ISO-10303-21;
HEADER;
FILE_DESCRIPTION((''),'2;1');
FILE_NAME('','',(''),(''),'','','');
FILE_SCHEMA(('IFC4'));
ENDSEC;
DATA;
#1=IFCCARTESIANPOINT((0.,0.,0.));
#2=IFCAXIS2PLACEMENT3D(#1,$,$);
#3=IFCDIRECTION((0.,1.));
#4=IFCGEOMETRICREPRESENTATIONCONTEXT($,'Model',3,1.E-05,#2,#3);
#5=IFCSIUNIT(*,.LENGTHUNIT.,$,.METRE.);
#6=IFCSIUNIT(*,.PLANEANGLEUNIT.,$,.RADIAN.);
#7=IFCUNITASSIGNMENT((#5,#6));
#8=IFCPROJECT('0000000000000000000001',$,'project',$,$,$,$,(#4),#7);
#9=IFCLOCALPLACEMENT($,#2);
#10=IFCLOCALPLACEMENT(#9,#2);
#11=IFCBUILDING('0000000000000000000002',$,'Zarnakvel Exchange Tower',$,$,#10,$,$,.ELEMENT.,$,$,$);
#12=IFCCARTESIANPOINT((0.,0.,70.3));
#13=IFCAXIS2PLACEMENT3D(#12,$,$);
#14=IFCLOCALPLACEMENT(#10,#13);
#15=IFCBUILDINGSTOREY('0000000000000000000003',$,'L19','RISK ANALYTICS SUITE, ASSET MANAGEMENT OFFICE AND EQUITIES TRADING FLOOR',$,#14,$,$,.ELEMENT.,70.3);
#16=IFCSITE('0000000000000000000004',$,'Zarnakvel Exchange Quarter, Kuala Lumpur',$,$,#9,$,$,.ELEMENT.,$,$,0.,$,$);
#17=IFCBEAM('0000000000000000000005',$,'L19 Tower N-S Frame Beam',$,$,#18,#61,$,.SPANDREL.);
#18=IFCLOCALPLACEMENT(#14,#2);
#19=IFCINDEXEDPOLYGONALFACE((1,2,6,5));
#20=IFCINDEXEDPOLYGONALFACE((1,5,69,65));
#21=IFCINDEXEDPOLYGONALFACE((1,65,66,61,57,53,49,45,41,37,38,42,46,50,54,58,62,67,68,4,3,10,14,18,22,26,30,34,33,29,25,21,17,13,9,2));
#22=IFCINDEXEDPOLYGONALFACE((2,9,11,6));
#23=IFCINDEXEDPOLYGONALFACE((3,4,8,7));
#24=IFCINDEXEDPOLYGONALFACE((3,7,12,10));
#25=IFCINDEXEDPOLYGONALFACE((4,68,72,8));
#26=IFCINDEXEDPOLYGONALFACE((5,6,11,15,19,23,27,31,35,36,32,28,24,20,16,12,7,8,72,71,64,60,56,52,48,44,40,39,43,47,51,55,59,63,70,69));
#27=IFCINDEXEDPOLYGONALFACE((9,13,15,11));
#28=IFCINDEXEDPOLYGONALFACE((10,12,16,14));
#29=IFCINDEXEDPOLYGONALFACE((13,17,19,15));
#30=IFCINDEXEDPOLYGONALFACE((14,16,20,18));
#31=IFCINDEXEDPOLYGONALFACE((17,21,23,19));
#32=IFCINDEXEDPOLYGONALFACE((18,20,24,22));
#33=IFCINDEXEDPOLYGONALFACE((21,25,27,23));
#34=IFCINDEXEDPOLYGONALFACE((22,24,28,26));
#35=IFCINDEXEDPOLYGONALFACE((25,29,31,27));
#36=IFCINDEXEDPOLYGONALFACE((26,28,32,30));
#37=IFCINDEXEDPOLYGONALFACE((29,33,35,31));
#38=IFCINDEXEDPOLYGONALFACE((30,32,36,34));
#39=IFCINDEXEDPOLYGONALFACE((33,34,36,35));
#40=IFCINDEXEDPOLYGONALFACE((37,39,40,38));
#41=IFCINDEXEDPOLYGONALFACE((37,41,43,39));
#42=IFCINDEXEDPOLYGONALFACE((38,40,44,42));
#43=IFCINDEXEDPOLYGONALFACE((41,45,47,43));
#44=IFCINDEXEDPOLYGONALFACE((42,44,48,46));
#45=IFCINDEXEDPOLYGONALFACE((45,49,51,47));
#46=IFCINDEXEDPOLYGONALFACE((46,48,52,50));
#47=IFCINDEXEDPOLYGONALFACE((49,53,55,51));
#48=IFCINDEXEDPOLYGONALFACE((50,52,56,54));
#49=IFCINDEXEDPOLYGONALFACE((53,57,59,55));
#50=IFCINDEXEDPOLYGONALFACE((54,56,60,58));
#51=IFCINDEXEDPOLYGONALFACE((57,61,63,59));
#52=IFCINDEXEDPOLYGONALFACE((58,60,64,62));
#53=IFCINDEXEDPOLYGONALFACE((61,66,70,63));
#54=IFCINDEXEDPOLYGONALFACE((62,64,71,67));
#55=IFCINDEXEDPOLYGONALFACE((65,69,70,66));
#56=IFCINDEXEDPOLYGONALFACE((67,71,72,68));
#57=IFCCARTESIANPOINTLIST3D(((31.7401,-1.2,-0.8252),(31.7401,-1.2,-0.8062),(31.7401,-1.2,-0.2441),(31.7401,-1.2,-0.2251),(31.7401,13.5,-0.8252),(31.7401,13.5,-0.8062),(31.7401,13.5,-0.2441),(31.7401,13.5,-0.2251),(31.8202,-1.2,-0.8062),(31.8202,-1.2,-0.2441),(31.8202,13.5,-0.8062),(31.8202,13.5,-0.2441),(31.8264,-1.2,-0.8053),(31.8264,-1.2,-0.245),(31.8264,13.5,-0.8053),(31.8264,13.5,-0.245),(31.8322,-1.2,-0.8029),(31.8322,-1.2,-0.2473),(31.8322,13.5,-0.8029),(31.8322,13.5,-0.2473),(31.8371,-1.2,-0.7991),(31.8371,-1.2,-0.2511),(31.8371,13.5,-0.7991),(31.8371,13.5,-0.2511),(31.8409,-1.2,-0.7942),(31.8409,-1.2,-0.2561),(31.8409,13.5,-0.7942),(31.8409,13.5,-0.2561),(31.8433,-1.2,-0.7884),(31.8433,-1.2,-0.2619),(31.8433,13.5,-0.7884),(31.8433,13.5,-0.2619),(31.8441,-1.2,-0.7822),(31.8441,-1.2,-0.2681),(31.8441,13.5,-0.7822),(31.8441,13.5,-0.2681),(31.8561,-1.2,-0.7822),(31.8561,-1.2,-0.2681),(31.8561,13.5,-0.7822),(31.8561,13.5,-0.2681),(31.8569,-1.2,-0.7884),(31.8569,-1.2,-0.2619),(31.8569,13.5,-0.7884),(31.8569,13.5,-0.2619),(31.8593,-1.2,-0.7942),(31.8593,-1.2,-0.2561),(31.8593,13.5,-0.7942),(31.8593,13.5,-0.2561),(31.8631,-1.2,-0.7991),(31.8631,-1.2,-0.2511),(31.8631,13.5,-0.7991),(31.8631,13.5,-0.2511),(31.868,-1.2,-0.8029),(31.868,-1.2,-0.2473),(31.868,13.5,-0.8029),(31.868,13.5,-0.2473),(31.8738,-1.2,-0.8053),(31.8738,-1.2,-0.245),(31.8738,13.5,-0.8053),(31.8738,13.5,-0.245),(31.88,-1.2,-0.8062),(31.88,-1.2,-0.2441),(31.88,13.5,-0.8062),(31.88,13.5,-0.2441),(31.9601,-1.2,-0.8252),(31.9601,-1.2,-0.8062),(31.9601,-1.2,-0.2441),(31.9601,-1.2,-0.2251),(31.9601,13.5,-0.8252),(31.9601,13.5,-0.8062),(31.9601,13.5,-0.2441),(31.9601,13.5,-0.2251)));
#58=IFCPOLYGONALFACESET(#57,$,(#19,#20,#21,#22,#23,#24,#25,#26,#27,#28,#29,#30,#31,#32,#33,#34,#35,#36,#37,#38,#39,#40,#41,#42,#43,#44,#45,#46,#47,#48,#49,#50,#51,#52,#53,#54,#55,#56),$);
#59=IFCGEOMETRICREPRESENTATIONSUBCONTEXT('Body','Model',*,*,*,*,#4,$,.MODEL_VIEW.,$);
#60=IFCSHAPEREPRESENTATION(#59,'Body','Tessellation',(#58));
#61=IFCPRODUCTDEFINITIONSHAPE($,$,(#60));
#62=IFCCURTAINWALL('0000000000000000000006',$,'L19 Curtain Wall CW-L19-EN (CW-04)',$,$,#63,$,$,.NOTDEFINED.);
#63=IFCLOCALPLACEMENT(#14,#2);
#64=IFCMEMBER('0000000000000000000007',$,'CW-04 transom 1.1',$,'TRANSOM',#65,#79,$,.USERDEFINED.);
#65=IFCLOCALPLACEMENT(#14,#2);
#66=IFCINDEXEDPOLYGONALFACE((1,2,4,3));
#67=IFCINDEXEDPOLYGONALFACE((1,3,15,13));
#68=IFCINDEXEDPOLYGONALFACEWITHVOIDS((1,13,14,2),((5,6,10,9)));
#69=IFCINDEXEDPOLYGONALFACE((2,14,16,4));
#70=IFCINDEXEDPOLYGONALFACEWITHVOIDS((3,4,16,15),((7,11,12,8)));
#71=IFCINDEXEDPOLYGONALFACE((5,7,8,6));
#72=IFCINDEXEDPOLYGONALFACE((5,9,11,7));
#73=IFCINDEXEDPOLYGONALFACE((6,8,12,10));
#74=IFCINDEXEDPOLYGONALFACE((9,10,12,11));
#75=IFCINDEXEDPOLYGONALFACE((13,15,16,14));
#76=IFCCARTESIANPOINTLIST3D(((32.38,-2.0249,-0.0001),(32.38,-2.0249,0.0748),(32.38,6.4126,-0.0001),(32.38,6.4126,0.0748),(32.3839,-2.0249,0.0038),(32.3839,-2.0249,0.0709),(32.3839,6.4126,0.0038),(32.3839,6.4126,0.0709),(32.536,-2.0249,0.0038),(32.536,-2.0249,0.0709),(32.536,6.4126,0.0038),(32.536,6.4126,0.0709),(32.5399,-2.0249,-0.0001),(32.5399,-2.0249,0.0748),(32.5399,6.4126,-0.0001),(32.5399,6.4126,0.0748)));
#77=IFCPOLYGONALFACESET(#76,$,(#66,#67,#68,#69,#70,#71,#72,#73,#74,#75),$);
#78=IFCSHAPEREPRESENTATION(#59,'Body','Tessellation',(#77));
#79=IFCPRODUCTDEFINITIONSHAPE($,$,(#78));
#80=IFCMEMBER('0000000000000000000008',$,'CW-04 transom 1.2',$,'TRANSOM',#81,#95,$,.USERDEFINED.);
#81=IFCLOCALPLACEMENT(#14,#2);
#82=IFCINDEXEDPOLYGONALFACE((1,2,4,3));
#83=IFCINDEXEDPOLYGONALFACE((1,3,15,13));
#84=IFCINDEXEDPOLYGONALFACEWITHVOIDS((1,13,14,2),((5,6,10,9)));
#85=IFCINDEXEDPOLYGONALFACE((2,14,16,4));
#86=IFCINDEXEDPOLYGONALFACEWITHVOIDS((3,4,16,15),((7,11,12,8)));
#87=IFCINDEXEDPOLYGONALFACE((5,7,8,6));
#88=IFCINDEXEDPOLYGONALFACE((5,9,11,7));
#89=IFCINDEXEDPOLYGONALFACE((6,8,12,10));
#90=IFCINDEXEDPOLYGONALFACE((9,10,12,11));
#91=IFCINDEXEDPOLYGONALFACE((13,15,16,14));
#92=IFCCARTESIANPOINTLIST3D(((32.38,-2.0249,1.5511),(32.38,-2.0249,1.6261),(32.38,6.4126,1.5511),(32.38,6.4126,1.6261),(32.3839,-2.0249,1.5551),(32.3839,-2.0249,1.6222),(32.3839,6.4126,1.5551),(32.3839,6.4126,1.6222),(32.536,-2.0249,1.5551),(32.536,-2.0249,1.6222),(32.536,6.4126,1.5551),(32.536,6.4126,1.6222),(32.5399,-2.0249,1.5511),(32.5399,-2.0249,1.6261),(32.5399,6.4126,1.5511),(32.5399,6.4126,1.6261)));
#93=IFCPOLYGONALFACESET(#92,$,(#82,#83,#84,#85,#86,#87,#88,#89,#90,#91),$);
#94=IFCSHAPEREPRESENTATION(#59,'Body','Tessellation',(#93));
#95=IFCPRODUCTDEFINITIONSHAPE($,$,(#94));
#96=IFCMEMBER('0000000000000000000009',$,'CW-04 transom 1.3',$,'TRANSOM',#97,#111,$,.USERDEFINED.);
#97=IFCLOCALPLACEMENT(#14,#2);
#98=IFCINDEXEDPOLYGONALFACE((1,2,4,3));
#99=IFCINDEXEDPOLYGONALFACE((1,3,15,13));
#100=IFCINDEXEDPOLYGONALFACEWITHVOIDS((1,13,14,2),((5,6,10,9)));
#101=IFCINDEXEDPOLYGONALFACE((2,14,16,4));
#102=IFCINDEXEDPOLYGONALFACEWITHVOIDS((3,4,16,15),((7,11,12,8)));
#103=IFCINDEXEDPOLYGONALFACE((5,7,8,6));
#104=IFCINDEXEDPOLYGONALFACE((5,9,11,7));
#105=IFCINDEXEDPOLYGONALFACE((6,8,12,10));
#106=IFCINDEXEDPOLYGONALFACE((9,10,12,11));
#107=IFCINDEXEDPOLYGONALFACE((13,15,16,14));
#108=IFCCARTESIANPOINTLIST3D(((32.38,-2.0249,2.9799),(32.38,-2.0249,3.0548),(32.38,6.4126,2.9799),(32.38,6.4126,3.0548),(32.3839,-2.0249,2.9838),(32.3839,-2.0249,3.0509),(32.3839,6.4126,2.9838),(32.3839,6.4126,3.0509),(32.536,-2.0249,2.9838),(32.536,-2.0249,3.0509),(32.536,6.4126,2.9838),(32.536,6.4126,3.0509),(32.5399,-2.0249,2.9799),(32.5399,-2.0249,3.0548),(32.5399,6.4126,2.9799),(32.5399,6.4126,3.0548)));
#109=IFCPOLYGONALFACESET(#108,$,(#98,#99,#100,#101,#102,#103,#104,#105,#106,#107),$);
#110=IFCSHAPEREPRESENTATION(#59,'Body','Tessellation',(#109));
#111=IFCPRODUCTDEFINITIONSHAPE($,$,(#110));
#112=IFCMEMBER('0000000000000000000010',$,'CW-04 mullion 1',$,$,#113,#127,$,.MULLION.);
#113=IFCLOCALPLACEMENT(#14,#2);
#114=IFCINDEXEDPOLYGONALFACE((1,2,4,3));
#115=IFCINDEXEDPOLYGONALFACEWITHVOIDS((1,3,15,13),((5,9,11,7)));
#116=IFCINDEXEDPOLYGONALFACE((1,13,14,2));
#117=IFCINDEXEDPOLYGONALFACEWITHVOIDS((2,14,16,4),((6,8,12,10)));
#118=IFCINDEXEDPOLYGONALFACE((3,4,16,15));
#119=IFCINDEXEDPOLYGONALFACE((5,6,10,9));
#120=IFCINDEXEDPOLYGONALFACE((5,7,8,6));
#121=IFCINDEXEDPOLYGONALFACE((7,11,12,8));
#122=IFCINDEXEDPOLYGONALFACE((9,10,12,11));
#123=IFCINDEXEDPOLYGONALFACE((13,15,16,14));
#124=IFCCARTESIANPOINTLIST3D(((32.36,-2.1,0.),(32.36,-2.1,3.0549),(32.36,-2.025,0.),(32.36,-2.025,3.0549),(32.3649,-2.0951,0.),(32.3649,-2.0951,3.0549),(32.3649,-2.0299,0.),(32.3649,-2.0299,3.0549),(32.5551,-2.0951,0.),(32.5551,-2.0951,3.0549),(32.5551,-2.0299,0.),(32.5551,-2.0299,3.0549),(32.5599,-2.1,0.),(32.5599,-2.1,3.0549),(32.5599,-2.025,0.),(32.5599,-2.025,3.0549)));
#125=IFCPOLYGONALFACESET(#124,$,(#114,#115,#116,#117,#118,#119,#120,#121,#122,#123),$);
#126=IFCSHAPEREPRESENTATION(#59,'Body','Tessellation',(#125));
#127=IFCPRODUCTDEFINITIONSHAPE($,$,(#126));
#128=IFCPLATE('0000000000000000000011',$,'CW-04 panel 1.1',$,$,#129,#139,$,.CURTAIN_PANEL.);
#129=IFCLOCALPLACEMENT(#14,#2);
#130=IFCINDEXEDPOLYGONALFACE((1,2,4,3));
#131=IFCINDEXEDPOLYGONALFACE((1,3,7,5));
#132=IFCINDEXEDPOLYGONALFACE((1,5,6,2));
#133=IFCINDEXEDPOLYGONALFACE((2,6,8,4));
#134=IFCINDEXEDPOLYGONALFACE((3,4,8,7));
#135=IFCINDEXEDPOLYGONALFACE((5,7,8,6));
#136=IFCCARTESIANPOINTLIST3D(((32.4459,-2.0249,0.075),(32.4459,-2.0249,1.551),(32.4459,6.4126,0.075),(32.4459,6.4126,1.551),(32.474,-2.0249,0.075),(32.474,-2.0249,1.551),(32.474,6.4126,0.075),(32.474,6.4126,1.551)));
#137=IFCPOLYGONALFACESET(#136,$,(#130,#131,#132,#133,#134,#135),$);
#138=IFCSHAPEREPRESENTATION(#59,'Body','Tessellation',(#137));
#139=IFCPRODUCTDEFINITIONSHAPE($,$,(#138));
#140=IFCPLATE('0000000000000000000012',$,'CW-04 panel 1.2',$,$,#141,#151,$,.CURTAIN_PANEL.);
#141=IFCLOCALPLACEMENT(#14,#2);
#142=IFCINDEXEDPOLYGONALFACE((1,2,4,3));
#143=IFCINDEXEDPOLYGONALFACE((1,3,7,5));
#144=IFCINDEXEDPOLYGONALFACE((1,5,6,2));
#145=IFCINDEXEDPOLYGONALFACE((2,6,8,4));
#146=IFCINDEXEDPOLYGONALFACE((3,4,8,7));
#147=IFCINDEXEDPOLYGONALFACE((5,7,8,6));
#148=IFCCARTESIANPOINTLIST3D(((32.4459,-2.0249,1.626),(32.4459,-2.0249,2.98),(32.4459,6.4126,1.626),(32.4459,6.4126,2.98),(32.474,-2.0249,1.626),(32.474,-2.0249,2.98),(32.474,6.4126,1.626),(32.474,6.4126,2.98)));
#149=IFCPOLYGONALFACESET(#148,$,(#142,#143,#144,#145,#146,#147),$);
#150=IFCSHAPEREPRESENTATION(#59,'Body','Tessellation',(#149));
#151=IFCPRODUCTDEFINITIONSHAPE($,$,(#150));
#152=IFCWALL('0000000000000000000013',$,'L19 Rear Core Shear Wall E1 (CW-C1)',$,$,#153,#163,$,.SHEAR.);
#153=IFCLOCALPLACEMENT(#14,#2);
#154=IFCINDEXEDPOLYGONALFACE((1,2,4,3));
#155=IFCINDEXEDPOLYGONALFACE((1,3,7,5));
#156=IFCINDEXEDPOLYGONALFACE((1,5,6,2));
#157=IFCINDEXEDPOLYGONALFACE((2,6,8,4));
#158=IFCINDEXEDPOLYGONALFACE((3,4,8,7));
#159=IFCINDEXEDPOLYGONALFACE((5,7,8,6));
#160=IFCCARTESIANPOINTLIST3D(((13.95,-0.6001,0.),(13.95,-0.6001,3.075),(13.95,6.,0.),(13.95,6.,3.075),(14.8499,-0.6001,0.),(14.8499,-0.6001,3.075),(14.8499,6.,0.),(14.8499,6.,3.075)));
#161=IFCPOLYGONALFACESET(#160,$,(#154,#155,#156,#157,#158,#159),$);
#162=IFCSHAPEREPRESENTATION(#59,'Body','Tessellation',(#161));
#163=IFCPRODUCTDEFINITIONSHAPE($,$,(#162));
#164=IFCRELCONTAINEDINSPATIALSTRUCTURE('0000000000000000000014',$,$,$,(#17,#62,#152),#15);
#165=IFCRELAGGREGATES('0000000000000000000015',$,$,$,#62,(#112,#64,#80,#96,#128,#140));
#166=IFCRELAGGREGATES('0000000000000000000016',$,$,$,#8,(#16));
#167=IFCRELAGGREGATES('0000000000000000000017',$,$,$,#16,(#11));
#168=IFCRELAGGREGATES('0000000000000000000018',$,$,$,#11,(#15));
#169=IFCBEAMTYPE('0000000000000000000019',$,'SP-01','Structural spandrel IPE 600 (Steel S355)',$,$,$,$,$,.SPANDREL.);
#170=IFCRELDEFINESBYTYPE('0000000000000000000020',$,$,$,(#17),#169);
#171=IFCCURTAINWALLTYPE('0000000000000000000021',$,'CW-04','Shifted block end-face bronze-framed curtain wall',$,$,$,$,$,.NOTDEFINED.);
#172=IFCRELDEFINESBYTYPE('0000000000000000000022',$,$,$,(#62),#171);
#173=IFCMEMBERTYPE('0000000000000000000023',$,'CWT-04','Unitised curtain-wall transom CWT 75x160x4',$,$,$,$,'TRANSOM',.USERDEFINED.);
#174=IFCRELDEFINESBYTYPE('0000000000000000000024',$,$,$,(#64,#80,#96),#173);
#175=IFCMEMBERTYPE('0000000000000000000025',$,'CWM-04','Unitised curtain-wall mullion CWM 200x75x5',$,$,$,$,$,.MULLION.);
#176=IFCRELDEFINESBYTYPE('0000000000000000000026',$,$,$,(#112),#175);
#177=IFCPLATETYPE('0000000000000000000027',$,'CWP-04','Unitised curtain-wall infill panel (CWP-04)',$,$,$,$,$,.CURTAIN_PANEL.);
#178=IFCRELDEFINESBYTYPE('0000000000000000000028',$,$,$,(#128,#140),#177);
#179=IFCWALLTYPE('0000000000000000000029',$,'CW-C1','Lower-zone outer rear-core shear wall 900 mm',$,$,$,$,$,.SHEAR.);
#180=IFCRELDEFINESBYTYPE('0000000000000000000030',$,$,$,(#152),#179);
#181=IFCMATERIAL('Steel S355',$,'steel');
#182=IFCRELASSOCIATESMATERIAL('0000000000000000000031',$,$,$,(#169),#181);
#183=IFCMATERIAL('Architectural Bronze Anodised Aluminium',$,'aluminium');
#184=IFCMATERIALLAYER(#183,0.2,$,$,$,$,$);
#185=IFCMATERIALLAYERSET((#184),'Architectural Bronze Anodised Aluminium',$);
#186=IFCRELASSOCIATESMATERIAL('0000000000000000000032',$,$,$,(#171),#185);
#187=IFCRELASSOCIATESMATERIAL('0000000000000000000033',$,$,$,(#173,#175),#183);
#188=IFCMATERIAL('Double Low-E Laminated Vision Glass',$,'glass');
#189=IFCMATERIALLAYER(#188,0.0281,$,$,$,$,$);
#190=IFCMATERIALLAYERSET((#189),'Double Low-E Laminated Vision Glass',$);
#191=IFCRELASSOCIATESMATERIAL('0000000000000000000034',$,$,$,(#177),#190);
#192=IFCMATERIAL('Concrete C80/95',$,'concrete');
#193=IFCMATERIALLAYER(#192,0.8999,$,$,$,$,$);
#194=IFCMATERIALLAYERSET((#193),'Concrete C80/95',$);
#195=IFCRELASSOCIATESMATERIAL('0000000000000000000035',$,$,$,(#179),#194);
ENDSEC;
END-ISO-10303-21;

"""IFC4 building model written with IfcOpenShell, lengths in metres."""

from ifc_helpers import new_model, si_unit, direction, frame, frame_2d, origin, origin_2d, place, context, subcontext, project, spatial, rectangle, hollow_rectangle, i_section, extrude, source, transform, mapped, material, layer, layer_set, material_profile, profile_set, type_object, element, aggregate, save


model = new_model("IFC4")

# Units and contexts
model_context = context("Model", 3, precision=1e-05, world=origin(), true_north=direction((0.0, 1.0)))
body_context = subcontext(model_context, "Body", "Model", "MODEL_VIEW")
ifc_project = project(units=[si_unit("LENGTHUNIT", "METRE"), si_unit("PLANEANGLEUNIT", "RADIAN")], contexts=[model_context])

# Site, building, storey
site_placement = place(None, origin())
site = spatial("IfcSite", under=ifc_project, at=site_placement, Name="Zarnakvel Exchange Quarter, Kuala Lumpur", CompositionType="ELEMENT", RefElevation=0.0)
building_placement = place(site_placement, origin())
building = spatial("IfcBuilding", under=site, at=building_placement, Name="Zarnakvel Exchange Tower", CompositionType="ELEMENT")
storey_placement = place(building_placement, frame((0.0, 0.0, 70.3)))
storey = spatial("IfcBuildingStorey", under=building, at=storey_placement, Name="L19", Description="RISK ANALYTICS SUITE, ASSET MANAGEMENT OFFICE AND EQUITIES TRADING FLOOR", CompositionType="ELEMENT", Elevation=70.3)

# Shared definitions
ifc_material_1 = material(Name="Concrete C80/95", Category="concrete")
ifc_material_2 = material(Name="Steel S355", Category="steel")

# Beam
ifc_material_profile_1 = material_profile(ifc_material_2, i_section(OverallWidth=0.22, OverallDepth=0.6001, WebThickness=0.012, FlangeThickness=0.019, FilletRadius=0.0239, at=origin_2d()))
ifc_profile_set_1 = profile_set([ifc_material_profile_1], Name="Steel S355")
beam_type_1 = type_object("IfcBeamType", Name="SP-01", Description="Structural spandrel IPE 600 (Steel S355)", PredefinedType="SPANDREL", material=ifc_profile_set_1)
beam_1_placement = place(storey_placement, frame((31.8501, -1.2, -0.5251), z_axis=(0.0, 1.0, 0.0), x_axis=(-1.0, 0.0, 0.0)))
element("IfcBeam", 1, at=beam_1_placement, inside=storey, type_object=beam_type_1, Name="L19 Tower N-S Frame Beam", PredefinedType="SPANDREL", context=body_context, shape_type="SweptSolid", body=[
    extrude(i_section(OverallWidth=0.22, OverallDepth=0.6001, WebThickness=0.012, FlangeThickness=0.019, FilletRadius=0.0239, at=origin_2d()), origin(), (0.0, 0.0, 1.0), 14.7),
])

# Curtain wall, members, plates
ifc_material_3 = material(Name="Architectural Bronze Anodised Aluminium", Category="aluminium")
ifc_layer_1 = layer(ifc_material_3, 0.2)
ifc_layer_set_1 = layer_set([ifc_layer_1], Name="Architectural Bronze Anodised Aluminium")
curtain_wall_type = type_object("IfcCurtainWallType", Name="CW-04", Description="Shifted block end-face bronze-framed curtain wall", PredefinedType="NOTDEFINED", material=ifc_layer_set_1)
curtain_wall_placement = place(storey_placement, origin())
curtain_wall = element("IfcCurtainWall", 2, at=curtain_wall_placement, inside=storey, type_object=curtain_wall_type, Name="L19 Curtain Wall CW-L19-EN (CW-04)", PredefinedType="NOTDEFINED")
ifc_material_profile_2 = material_profile(ifc_material_3, hollow_rectangle(XDim=0.1599, YDim=0.075, WallThickness=0.0039, at=origin_2d()))
ifc_profile_set_2 = profile_set([ifc_material_profile_2], Name="Architectural Bronze Anodised Aluminium")
member_type_1 = type_object("IfcMemberType", Name="CWT-04", Description="Unitised curtain-wall transom CWT 75x160x4", ElementType="TRANSOM", PredefinedType="USERDEFINED", material=ifc_profile_set_2)
shared_shape_1 = source(origin(), body_context, "Body", "SweptSolid", [
    extrude(hollow_rectangle(XDim=0.1599, YDim=0.075, WallThickness=0.0039, at=origin_2d()), origin(), (0.0, 0.0, 1.0), 8.4375),
])
member_1_placement = place(storey_placement, frame((32.46, -2.0249, 0.0374), z_axis=(0.0, 1.0, 0.0), x_axis=(-1.0, 0.0, 0.0)))
member_1 = element("IfcMember", 3, at=member_1_placement, type_object=member_type_1, Name="CW-04 transom 1.1", ObjectType="TRANSOM", PredefinedType="USERDEFINED", context=body_context, shape_type="MappedRepresentation", body=[
    mapped(shared_shape_1, transform((0.0, 0.0, 0.0), x_axis=(1.0, 0.0, 0.0), y_axis=(0.0, 1.0, 0.0), z_axis=(0.0, 0.0, 1.0), scale=1.0)),
])
member_2_placement = place(storey_placement, frame((32.46, -2.0249, 1.5886), z_axis=(0.0, 1.0, 0.0), x_axis=(-1.0, 0.0, 0.0)))
member_2 = element("IfcMember", 4, at=member_2_placement, type_object=member_type_1, Name="CW-04 transom 1.2", ObjectType="TRANSOM", PredefinedType="USERDEFINED", context=body_context, shape_type="MappedRepresentation", body=[
    mapped(shared_shape_1, transform((0.0, 0.0, 0.0), x_axis=(1.0, 0.0, 0.0), y_axis=(0.0, 1.0, 0.0), z_axis=(0.0, 0.0, 1.0), scale=1.0)),
])
member_3_placement = place(storey_placement, frame((32.46, -2.0249, 3.0173), z_axis=(0.0, 1.0, 0.0), x_axis=(-1.0, 0.0, 0.0)))
member_3 = element("IfcMember", 5, at=member_3_placement, type_object=member_type_1, Name="CW-04 transom 1.3", ObjectType="TRANSOM", PredefinedType="USERDEFINED", context=body_context, shape_type="MappedRepresentation", body=[
    mapped(shared_shape_1, transform((0.0, 0.0, 0.0), x_axis=(1.0, 0.0, 0.0), y_axis=(0.0, 1.0, 0.0), z_axis=(0.0, 0.0, 1.0), scale=1.0)),
])
ifc_material_profile_3 = material_profile(ifc_material_3, hollow_rectangle(XDim=0.2, YDim=0.075, WallThickness=0.0049, at=origin_2d()))
ifc_profile_set_3 = profile_set([ifc_material_profile_3], Name="Architectural Bronze Anodised Aluminium")
member_type_2 = type_object("IfcMemberType", Name="CWM-04", Description="Unitised curtain-wall mullion CWM 200x75x5", PredefinedType="MULLION", material=ifc_profile_set_3)
shared_shape_2 = source(origin(), body_context, "Body", "SweptSolid", [
    extrude(hollow_rectangle(XDim=0.2, YDim=0.075, WallThickness=0.0049, at=origin_2d()), origin(), (0.0, 0.0, 1.0), 3.0549),
])
member_4_placement = place(storey_placement, frame((32.46, -2.0625, 0.0), z_axis=(0.0, 0.0, 1.0), x_axis=(-1.0, 0.0, 0.0)))
member_4 = element("IfcMember", 6, at=member_4_placement, type_object=member_type_2, Name="CW-04 mullion 1", PredefinedType="MULLION", context=body_context, shape_type="MappedRepresentation", body=[
    mapped(shared_shape_2, transform((0.0, 0.0, 0.0), x_axis=(1.0, 0.0, 0.0), y_axis=(0.0, 1.0, 0.0), z_axis=(0.0, 0.0, 1.0), scale=1.0)),
])
ifc_material_4 = material(Name="Double Low-E Laminated Vision Glass", Category="glass")
ifc_layer_2 = layer(ifc_material_4, 0.0281)
ifc_layer_set_2 = layer_set([ifc_layer_2], Name="Double Low-E Laminated Vision Glass")
plate_type = type_object("IfcPlateType", Name="CWP-04", Description="Unitised curtain-wall infill panel (CWP-04)", PredefinedType="CURTAIN_PANEL", material=ifc_layer_set_2)
shared_shape_3 = source(origin(), body_context, "Body", "SweptSolid", [
    extrude(rectangle(XDim=8.4375, YDim=0.0281, at=origin_2d()), origin(), (0.0, 0.0, 1.0), 1.4761),
])
plate_1_placement = place(storey_placement, frame((32.46, 2.1938, 0.075), z_axis=(0.0, 0.0, 1.0), x_axis=(0.0, 1.0, 0.0)))
plate_1 = element("IfcPlate", 7, at=plate_1_placement, type_object=plate_type, Name="CW-04 panel 1.1", PredefinedType="CURTAIN_PANEL", context=body_context, shape_type="MappedRepresentation", body=[
    mapped(shared_shape_3, transform((0.0, 0.0, 0.0), x_axis=(1.0, 0.0, 0.0), y_axis=(0.0, 1.0, 0.0), z_axis=(0.0, 0.0, 1.0), scale=1.0)),
])
shared_shape_4 = source(origin(), body_context, "Body", "SweptSolid", [
    extrude(rectangle(XDim=8.4375, YDim=0.0281, at=origin_2d()), origin(), (0.0, 0.0, 1.0), 1.354),
])
plate_2_placement = place(storey_placement, frame((32.46, 2.1938, 1.626), z_axis=(0.0, 0.0, 1.0), x_axis=(0.0, 1.0, 0.0)))
plate_2 = element("IfcPlate", 8, at=plate_2_placement, type_object=plate_type, Name="CW-04 panel 1.2", PredefinedType="CURTAIN_PANEL", context=body_context, shape_type="MappedRepresentation", body=[
    mapped(shared_shape_4, transform((0.0, 0.0, 0.0), x_axis=(1.0, 0.0, 0.0), y_axis=(0.0, 1.0, 0.0), z_axis=(0.0, 0.0, 1.0), scale=1.0)),
])
aggregate(curtain_wall, [member_4, member_1, member_2, member_3, plate_1, plate_2])

# Wall
ifc_layer_3 = layer(ifc_material_1, 0.8999)
ifc_layer_set_3 = layer_set([ifc_layer_3], Name="Concrete C80/95")
wall_type_1 = type_object("IfcWallType", Name="CW-C1", Description="Lower-zone outer rear-core shear wall 900 mm", PredefinedType="SHEAR", material=ifc_layer_set_3)
wall_1_placement = place(storey_placement, frame((14.3999, -0.6001, 0.0), z_axis=(0.0, 0.0, 1.0), x_axis=(0.0, 1.0, 0.0)))
element("IfcWall", 9, at=wall_1_placement, inside=storey, type_object=wall_type_1, Name="L19 Rear Core Shear Wall E1 (CW-C1)", PredefinedType="SHEAR", context=body_context, shape_type="SweptSolid", body=[
    extrude(rectangle(XDim=6.6001, YDim=0.8999, at=frame_2d((3.3, 0.0))), origin(), (0.0, 0.0, 1.0), 3.075),
])

save(model, "model.ifc")
